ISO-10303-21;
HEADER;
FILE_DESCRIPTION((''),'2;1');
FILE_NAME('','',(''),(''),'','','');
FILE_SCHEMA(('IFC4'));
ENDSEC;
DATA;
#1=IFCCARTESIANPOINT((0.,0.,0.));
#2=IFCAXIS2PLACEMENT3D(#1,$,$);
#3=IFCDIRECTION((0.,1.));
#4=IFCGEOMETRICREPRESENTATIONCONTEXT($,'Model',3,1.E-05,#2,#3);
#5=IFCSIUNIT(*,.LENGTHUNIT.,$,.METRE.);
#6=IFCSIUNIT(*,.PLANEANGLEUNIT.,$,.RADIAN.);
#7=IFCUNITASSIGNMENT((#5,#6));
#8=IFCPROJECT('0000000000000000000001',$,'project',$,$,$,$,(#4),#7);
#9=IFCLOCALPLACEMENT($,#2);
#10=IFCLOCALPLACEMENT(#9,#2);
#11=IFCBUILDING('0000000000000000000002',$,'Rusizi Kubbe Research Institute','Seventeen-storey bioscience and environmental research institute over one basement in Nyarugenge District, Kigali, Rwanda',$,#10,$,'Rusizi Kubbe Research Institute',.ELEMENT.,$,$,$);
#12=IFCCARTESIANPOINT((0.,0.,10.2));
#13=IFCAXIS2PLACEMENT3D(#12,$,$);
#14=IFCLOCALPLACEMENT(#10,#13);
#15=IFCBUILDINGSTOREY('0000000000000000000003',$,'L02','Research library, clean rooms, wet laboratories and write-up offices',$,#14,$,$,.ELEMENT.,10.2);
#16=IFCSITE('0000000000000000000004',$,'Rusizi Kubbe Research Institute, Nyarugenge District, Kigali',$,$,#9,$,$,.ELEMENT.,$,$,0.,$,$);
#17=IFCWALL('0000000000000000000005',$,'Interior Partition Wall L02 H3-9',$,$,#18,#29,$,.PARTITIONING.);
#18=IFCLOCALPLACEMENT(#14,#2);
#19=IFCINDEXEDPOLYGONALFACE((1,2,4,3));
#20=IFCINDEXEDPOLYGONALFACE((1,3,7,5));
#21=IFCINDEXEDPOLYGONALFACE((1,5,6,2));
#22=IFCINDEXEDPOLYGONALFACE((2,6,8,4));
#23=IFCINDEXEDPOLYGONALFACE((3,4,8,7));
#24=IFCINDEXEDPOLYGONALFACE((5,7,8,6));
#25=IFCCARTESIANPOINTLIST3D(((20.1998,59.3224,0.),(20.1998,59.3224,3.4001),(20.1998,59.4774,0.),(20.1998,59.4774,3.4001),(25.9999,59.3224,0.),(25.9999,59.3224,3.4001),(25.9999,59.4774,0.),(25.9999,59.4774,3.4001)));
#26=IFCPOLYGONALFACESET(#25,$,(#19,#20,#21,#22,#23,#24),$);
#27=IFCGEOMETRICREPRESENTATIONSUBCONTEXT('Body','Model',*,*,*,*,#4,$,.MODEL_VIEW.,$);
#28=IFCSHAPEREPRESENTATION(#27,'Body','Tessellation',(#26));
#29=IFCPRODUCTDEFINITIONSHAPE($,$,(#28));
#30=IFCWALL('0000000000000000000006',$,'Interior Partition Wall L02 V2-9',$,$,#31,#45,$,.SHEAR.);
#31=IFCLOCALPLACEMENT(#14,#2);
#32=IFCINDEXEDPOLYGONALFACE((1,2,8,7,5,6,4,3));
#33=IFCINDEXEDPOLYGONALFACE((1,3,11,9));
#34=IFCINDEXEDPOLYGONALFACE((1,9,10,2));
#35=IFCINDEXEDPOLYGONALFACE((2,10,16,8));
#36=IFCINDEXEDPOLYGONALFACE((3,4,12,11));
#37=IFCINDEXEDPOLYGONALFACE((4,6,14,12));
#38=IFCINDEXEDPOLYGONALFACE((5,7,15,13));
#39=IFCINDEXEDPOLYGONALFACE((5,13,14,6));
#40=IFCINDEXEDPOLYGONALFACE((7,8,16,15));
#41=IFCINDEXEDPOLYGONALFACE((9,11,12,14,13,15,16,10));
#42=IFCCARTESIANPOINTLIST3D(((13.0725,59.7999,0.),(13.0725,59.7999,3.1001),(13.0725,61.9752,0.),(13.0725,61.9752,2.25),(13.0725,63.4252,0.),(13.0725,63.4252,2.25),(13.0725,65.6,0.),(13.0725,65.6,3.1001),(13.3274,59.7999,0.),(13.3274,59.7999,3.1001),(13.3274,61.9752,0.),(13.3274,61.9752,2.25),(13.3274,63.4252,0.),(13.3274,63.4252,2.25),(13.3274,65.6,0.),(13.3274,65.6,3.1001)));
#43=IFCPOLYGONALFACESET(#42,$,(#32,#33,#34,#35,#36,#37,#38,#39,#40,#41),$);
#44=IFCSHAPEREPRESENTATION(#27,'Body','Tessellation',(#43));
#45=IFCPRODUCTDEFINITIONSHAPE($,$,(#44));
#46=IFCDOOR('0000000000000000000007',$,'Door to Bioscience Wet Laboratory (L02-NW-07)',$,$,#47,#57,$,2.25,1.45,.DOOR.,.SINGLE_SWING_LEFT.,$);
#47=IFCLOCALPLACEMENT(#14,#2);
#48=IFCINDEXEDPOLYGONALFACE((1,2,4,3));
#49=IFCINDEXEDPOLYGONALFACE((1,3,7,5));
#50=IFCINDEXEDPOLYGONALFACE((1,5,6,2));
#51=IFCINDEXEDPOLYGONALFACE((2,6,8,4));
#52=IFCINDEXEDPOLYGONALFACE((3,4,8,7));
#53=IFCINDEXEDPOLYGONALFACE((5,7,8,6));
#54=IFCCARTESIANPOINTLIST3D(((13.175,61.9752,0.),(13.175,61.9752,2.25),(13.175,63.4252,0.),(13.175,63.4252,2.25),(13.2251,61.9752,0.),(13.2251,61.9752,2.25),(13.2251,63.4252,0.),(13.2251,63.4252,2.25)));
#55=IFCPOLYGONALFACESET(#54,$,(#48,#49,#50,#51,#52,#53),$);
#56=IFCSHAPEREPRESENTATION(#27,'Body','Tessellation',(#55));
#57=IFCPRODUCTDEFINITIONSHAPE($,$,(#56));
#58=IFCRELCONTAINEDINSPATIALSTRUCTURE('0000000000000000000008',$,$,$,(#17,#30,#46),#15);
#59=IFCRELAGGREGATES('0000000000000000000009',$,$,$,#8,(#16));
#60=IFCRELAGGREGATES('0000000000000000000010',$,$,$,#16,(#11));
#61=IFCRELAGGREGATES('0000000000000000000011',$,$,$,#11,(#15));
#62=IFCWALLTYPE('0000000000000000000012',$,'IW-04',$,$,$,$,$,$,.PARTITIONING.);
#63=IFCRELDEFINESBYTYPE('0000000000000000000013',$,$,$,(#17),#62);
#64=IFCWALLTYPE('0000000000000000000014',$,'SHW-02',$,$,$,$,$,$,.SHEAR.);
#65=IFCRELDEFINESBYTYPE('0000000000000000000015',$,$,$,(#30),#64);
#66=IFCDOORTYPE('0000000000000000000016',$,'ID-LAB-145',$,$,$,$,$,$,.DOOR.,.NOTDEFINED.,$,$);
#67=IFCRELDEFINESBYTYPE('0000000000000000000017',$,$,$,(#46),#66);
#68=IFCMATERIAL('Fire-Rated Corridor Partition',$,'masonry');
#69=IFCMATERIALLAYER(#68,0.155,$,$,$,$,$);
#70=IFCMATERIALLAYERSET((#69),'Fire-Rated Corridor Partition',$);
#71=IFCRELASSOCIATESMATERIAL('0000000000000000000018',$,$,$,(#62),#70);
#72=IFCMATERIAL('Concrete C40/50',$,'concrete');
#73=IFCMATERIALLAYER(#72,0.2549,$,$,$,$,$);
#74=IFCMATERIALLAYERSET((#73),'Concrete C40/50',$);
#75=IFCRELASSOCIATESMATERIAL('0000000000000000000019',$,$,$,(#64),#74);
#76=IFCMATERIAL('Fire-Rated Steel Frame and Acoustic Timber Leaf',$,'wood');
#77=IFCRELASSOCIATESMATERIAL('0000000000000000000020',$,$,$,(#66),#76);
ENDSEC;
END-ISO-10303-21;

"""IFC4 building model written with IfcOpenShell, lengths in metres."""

from ifc_helpers import new_model, si_unit, direction, frame, frame_2d, origin, place, context, subcontext, project, spatial, rectangle, extrude, material, layer, layer_set, type_object, element, fill, save


model = new_model("IFC4")

# Units and contexts
model_context = context("Model", 3, precision=1e-05, world=origin(), true_north=direction((0.0, 1.0)))
body_context = subcontext(model_context, "Body", "Model", "MODEL_VIEW")
ifc_project = project(units=[si_unit("LENGTHUNIT", "METRE"), si_unit("PLANEANGLEUNIT", "RADIAN")], contexts=[model_context])

# Site, building, storey
site_placement = place(None, origin())
site = spatial("IfcSite", under=ifc_project, at=site_placement, Name="Rusizi Kubbe Research Institute, Nyarugenge District, Kigali", CompositionType="ELEMENT", RefElevation=0.0)
building_placement = place(site_placement, origin())
building = spatial("IfcBuilding", under=site, at=building_placement, Name="Rusizi Kubbe Research Institute", Description="Seventeen-storey bioscience and environmental research institute over one basement in Nyarugenge District, Kigali, Rwanda", LongName="Rusizi Kubbe Research Institute", CompositionType="ELEMENT")
storey_placement = place(building_placement, frame((0.0, 0.0, 10.2)))
storey = spatial("IfcBuildingStorey", under=building, at=storey_placement, Name="L02", Description="Research library, clean rooms, wet laboratories and write-up offices", CompositionType="ELEMENT", Elevation=10.2)

# Wall
ifc_material_1 = material(Name="Fire-Rated Corridor Partition", Category="masonry")
ifc_layer_1 = layer(ifc_material_1, 0.155)
ifc_layer_set_1 = layer_set([ifc_layer_1], Name="Fire-Rated Corridor Partition")
wall_type_1 = type_object("IfcWallType", Name="IW-04", PredefinedType="PARTITIONING", material=ifc_layer_set_1)
wall_1_placement = place(storey_placement, frame((20.2, 59.3999, 0.0), z_axis=(0.0, 0.0, 1.0), x_axis=(1.0, 0.0, 0.0)))
element("IfcWall", 1, at=wall_1_placement, inside=storey, type_object=wall_type_1, Name="Interior Partition Wall L02 H3-9", PredefinedType="PARTITIONING", context=body_context, shape_type="SweptSolid", body=[
    extrude(rectangle(XDim=5.8, YDim=0.155, at=frame_2d((2.8999, 0.0))), origin(), (0.0, 0.0, 1.0), 3.4001),
])

# Wall, opening, door
ifc_material_2 = material(Name="Concrete C40/50", Category="concrete")
ifc_layer_2 = layer(ifc_material_2, 0.2549)
ifc_layer_set_2 = layer_set([ifc_layer_2], Name="Concrete C40/50")
wall_type_2 = type_object("IfcWallType", Name="SHW-02", PredefinedType="SHEAR", material=ifc_layer_set_2)
wall_2_placement = place(storey_placement, frame((13.2, 59.8, 0.0), z_axis=(0.0, 0.0, 1.0), x_axis=(0.0, 1.0, 0.0)))
wall_2 = element("IfcWall", 2, at=wall_2_placement, inside=storey, type_object=wall_type_2, Name="Interior Partition Wall L02 V2-9", PredefinedType="SHEAR", context=body_context, shape_type="SweptSolid", body=[
    extrude(rectangle(XDim=5.8, YDim=0.2549, at=frame_2d((2.8999, 0.0))), origin(), (0.0, 0.0, 1.0), 3.1001),
])
opening_1_placement = place(wall_2_placement, frame((2.175, 0.0, 0.0)))
opening_1 = element("IfcOpeningElement", 3, at=opening_1_placement, cuts=wall_2, PredefinedType="OPENING", context=body_context, shape_type="SweptSolid", body=[
    extrude(rectangle(XDim=1.45, YDim=2.25, at=frame_2d((0.7251, 1.125))), frame((0.0, 0.1375, 0.0), z_axis=(0.0, -1.0, 0.0), x_axis=(1.0, 0.0, 0.0)), (0.0, 0.0, 1.0), 0.2749),
])
ifc_material_3 = material(Name="Fire-Rated Steel Frame and Acoustic Timber Leaf", Category="wood")
door_type_1 = type_object("IfcDoorType", Name="ID-LAB-145", OperationType="NOTDEFINED", PredefinedType="DOOR", material=ifc_material_3)
door_1_placement = place(opening_1_placement, origin())
door_1 = element("IfcDoor", 4, at=door_1_placement, inside=storey, type_object=door_type_1, Name="Door to Bioscience Wet Laboratory (L02-NW-07)", OperationType="SINGLE_SWING_LEFT", OverallHeight=2.25, OverallWidth=1.45, PredefinedType="DOOR", context=body_context, shape_type="SweptSolid", body=[
    extrude(rectangle(XDim=1.45, YDim=2.25, at=frame_2d((0.7251, 1.125))), frame((0.0, 0.0249, 0.0), z_axis=(0.0, -1.0, 0.0), x_axis=(1.0, 0.0, 0.0)), (0.0, 0.0, 1.0), 0.05),
])
fill(opening_1, door_1)

save(model, "model.ifc")
